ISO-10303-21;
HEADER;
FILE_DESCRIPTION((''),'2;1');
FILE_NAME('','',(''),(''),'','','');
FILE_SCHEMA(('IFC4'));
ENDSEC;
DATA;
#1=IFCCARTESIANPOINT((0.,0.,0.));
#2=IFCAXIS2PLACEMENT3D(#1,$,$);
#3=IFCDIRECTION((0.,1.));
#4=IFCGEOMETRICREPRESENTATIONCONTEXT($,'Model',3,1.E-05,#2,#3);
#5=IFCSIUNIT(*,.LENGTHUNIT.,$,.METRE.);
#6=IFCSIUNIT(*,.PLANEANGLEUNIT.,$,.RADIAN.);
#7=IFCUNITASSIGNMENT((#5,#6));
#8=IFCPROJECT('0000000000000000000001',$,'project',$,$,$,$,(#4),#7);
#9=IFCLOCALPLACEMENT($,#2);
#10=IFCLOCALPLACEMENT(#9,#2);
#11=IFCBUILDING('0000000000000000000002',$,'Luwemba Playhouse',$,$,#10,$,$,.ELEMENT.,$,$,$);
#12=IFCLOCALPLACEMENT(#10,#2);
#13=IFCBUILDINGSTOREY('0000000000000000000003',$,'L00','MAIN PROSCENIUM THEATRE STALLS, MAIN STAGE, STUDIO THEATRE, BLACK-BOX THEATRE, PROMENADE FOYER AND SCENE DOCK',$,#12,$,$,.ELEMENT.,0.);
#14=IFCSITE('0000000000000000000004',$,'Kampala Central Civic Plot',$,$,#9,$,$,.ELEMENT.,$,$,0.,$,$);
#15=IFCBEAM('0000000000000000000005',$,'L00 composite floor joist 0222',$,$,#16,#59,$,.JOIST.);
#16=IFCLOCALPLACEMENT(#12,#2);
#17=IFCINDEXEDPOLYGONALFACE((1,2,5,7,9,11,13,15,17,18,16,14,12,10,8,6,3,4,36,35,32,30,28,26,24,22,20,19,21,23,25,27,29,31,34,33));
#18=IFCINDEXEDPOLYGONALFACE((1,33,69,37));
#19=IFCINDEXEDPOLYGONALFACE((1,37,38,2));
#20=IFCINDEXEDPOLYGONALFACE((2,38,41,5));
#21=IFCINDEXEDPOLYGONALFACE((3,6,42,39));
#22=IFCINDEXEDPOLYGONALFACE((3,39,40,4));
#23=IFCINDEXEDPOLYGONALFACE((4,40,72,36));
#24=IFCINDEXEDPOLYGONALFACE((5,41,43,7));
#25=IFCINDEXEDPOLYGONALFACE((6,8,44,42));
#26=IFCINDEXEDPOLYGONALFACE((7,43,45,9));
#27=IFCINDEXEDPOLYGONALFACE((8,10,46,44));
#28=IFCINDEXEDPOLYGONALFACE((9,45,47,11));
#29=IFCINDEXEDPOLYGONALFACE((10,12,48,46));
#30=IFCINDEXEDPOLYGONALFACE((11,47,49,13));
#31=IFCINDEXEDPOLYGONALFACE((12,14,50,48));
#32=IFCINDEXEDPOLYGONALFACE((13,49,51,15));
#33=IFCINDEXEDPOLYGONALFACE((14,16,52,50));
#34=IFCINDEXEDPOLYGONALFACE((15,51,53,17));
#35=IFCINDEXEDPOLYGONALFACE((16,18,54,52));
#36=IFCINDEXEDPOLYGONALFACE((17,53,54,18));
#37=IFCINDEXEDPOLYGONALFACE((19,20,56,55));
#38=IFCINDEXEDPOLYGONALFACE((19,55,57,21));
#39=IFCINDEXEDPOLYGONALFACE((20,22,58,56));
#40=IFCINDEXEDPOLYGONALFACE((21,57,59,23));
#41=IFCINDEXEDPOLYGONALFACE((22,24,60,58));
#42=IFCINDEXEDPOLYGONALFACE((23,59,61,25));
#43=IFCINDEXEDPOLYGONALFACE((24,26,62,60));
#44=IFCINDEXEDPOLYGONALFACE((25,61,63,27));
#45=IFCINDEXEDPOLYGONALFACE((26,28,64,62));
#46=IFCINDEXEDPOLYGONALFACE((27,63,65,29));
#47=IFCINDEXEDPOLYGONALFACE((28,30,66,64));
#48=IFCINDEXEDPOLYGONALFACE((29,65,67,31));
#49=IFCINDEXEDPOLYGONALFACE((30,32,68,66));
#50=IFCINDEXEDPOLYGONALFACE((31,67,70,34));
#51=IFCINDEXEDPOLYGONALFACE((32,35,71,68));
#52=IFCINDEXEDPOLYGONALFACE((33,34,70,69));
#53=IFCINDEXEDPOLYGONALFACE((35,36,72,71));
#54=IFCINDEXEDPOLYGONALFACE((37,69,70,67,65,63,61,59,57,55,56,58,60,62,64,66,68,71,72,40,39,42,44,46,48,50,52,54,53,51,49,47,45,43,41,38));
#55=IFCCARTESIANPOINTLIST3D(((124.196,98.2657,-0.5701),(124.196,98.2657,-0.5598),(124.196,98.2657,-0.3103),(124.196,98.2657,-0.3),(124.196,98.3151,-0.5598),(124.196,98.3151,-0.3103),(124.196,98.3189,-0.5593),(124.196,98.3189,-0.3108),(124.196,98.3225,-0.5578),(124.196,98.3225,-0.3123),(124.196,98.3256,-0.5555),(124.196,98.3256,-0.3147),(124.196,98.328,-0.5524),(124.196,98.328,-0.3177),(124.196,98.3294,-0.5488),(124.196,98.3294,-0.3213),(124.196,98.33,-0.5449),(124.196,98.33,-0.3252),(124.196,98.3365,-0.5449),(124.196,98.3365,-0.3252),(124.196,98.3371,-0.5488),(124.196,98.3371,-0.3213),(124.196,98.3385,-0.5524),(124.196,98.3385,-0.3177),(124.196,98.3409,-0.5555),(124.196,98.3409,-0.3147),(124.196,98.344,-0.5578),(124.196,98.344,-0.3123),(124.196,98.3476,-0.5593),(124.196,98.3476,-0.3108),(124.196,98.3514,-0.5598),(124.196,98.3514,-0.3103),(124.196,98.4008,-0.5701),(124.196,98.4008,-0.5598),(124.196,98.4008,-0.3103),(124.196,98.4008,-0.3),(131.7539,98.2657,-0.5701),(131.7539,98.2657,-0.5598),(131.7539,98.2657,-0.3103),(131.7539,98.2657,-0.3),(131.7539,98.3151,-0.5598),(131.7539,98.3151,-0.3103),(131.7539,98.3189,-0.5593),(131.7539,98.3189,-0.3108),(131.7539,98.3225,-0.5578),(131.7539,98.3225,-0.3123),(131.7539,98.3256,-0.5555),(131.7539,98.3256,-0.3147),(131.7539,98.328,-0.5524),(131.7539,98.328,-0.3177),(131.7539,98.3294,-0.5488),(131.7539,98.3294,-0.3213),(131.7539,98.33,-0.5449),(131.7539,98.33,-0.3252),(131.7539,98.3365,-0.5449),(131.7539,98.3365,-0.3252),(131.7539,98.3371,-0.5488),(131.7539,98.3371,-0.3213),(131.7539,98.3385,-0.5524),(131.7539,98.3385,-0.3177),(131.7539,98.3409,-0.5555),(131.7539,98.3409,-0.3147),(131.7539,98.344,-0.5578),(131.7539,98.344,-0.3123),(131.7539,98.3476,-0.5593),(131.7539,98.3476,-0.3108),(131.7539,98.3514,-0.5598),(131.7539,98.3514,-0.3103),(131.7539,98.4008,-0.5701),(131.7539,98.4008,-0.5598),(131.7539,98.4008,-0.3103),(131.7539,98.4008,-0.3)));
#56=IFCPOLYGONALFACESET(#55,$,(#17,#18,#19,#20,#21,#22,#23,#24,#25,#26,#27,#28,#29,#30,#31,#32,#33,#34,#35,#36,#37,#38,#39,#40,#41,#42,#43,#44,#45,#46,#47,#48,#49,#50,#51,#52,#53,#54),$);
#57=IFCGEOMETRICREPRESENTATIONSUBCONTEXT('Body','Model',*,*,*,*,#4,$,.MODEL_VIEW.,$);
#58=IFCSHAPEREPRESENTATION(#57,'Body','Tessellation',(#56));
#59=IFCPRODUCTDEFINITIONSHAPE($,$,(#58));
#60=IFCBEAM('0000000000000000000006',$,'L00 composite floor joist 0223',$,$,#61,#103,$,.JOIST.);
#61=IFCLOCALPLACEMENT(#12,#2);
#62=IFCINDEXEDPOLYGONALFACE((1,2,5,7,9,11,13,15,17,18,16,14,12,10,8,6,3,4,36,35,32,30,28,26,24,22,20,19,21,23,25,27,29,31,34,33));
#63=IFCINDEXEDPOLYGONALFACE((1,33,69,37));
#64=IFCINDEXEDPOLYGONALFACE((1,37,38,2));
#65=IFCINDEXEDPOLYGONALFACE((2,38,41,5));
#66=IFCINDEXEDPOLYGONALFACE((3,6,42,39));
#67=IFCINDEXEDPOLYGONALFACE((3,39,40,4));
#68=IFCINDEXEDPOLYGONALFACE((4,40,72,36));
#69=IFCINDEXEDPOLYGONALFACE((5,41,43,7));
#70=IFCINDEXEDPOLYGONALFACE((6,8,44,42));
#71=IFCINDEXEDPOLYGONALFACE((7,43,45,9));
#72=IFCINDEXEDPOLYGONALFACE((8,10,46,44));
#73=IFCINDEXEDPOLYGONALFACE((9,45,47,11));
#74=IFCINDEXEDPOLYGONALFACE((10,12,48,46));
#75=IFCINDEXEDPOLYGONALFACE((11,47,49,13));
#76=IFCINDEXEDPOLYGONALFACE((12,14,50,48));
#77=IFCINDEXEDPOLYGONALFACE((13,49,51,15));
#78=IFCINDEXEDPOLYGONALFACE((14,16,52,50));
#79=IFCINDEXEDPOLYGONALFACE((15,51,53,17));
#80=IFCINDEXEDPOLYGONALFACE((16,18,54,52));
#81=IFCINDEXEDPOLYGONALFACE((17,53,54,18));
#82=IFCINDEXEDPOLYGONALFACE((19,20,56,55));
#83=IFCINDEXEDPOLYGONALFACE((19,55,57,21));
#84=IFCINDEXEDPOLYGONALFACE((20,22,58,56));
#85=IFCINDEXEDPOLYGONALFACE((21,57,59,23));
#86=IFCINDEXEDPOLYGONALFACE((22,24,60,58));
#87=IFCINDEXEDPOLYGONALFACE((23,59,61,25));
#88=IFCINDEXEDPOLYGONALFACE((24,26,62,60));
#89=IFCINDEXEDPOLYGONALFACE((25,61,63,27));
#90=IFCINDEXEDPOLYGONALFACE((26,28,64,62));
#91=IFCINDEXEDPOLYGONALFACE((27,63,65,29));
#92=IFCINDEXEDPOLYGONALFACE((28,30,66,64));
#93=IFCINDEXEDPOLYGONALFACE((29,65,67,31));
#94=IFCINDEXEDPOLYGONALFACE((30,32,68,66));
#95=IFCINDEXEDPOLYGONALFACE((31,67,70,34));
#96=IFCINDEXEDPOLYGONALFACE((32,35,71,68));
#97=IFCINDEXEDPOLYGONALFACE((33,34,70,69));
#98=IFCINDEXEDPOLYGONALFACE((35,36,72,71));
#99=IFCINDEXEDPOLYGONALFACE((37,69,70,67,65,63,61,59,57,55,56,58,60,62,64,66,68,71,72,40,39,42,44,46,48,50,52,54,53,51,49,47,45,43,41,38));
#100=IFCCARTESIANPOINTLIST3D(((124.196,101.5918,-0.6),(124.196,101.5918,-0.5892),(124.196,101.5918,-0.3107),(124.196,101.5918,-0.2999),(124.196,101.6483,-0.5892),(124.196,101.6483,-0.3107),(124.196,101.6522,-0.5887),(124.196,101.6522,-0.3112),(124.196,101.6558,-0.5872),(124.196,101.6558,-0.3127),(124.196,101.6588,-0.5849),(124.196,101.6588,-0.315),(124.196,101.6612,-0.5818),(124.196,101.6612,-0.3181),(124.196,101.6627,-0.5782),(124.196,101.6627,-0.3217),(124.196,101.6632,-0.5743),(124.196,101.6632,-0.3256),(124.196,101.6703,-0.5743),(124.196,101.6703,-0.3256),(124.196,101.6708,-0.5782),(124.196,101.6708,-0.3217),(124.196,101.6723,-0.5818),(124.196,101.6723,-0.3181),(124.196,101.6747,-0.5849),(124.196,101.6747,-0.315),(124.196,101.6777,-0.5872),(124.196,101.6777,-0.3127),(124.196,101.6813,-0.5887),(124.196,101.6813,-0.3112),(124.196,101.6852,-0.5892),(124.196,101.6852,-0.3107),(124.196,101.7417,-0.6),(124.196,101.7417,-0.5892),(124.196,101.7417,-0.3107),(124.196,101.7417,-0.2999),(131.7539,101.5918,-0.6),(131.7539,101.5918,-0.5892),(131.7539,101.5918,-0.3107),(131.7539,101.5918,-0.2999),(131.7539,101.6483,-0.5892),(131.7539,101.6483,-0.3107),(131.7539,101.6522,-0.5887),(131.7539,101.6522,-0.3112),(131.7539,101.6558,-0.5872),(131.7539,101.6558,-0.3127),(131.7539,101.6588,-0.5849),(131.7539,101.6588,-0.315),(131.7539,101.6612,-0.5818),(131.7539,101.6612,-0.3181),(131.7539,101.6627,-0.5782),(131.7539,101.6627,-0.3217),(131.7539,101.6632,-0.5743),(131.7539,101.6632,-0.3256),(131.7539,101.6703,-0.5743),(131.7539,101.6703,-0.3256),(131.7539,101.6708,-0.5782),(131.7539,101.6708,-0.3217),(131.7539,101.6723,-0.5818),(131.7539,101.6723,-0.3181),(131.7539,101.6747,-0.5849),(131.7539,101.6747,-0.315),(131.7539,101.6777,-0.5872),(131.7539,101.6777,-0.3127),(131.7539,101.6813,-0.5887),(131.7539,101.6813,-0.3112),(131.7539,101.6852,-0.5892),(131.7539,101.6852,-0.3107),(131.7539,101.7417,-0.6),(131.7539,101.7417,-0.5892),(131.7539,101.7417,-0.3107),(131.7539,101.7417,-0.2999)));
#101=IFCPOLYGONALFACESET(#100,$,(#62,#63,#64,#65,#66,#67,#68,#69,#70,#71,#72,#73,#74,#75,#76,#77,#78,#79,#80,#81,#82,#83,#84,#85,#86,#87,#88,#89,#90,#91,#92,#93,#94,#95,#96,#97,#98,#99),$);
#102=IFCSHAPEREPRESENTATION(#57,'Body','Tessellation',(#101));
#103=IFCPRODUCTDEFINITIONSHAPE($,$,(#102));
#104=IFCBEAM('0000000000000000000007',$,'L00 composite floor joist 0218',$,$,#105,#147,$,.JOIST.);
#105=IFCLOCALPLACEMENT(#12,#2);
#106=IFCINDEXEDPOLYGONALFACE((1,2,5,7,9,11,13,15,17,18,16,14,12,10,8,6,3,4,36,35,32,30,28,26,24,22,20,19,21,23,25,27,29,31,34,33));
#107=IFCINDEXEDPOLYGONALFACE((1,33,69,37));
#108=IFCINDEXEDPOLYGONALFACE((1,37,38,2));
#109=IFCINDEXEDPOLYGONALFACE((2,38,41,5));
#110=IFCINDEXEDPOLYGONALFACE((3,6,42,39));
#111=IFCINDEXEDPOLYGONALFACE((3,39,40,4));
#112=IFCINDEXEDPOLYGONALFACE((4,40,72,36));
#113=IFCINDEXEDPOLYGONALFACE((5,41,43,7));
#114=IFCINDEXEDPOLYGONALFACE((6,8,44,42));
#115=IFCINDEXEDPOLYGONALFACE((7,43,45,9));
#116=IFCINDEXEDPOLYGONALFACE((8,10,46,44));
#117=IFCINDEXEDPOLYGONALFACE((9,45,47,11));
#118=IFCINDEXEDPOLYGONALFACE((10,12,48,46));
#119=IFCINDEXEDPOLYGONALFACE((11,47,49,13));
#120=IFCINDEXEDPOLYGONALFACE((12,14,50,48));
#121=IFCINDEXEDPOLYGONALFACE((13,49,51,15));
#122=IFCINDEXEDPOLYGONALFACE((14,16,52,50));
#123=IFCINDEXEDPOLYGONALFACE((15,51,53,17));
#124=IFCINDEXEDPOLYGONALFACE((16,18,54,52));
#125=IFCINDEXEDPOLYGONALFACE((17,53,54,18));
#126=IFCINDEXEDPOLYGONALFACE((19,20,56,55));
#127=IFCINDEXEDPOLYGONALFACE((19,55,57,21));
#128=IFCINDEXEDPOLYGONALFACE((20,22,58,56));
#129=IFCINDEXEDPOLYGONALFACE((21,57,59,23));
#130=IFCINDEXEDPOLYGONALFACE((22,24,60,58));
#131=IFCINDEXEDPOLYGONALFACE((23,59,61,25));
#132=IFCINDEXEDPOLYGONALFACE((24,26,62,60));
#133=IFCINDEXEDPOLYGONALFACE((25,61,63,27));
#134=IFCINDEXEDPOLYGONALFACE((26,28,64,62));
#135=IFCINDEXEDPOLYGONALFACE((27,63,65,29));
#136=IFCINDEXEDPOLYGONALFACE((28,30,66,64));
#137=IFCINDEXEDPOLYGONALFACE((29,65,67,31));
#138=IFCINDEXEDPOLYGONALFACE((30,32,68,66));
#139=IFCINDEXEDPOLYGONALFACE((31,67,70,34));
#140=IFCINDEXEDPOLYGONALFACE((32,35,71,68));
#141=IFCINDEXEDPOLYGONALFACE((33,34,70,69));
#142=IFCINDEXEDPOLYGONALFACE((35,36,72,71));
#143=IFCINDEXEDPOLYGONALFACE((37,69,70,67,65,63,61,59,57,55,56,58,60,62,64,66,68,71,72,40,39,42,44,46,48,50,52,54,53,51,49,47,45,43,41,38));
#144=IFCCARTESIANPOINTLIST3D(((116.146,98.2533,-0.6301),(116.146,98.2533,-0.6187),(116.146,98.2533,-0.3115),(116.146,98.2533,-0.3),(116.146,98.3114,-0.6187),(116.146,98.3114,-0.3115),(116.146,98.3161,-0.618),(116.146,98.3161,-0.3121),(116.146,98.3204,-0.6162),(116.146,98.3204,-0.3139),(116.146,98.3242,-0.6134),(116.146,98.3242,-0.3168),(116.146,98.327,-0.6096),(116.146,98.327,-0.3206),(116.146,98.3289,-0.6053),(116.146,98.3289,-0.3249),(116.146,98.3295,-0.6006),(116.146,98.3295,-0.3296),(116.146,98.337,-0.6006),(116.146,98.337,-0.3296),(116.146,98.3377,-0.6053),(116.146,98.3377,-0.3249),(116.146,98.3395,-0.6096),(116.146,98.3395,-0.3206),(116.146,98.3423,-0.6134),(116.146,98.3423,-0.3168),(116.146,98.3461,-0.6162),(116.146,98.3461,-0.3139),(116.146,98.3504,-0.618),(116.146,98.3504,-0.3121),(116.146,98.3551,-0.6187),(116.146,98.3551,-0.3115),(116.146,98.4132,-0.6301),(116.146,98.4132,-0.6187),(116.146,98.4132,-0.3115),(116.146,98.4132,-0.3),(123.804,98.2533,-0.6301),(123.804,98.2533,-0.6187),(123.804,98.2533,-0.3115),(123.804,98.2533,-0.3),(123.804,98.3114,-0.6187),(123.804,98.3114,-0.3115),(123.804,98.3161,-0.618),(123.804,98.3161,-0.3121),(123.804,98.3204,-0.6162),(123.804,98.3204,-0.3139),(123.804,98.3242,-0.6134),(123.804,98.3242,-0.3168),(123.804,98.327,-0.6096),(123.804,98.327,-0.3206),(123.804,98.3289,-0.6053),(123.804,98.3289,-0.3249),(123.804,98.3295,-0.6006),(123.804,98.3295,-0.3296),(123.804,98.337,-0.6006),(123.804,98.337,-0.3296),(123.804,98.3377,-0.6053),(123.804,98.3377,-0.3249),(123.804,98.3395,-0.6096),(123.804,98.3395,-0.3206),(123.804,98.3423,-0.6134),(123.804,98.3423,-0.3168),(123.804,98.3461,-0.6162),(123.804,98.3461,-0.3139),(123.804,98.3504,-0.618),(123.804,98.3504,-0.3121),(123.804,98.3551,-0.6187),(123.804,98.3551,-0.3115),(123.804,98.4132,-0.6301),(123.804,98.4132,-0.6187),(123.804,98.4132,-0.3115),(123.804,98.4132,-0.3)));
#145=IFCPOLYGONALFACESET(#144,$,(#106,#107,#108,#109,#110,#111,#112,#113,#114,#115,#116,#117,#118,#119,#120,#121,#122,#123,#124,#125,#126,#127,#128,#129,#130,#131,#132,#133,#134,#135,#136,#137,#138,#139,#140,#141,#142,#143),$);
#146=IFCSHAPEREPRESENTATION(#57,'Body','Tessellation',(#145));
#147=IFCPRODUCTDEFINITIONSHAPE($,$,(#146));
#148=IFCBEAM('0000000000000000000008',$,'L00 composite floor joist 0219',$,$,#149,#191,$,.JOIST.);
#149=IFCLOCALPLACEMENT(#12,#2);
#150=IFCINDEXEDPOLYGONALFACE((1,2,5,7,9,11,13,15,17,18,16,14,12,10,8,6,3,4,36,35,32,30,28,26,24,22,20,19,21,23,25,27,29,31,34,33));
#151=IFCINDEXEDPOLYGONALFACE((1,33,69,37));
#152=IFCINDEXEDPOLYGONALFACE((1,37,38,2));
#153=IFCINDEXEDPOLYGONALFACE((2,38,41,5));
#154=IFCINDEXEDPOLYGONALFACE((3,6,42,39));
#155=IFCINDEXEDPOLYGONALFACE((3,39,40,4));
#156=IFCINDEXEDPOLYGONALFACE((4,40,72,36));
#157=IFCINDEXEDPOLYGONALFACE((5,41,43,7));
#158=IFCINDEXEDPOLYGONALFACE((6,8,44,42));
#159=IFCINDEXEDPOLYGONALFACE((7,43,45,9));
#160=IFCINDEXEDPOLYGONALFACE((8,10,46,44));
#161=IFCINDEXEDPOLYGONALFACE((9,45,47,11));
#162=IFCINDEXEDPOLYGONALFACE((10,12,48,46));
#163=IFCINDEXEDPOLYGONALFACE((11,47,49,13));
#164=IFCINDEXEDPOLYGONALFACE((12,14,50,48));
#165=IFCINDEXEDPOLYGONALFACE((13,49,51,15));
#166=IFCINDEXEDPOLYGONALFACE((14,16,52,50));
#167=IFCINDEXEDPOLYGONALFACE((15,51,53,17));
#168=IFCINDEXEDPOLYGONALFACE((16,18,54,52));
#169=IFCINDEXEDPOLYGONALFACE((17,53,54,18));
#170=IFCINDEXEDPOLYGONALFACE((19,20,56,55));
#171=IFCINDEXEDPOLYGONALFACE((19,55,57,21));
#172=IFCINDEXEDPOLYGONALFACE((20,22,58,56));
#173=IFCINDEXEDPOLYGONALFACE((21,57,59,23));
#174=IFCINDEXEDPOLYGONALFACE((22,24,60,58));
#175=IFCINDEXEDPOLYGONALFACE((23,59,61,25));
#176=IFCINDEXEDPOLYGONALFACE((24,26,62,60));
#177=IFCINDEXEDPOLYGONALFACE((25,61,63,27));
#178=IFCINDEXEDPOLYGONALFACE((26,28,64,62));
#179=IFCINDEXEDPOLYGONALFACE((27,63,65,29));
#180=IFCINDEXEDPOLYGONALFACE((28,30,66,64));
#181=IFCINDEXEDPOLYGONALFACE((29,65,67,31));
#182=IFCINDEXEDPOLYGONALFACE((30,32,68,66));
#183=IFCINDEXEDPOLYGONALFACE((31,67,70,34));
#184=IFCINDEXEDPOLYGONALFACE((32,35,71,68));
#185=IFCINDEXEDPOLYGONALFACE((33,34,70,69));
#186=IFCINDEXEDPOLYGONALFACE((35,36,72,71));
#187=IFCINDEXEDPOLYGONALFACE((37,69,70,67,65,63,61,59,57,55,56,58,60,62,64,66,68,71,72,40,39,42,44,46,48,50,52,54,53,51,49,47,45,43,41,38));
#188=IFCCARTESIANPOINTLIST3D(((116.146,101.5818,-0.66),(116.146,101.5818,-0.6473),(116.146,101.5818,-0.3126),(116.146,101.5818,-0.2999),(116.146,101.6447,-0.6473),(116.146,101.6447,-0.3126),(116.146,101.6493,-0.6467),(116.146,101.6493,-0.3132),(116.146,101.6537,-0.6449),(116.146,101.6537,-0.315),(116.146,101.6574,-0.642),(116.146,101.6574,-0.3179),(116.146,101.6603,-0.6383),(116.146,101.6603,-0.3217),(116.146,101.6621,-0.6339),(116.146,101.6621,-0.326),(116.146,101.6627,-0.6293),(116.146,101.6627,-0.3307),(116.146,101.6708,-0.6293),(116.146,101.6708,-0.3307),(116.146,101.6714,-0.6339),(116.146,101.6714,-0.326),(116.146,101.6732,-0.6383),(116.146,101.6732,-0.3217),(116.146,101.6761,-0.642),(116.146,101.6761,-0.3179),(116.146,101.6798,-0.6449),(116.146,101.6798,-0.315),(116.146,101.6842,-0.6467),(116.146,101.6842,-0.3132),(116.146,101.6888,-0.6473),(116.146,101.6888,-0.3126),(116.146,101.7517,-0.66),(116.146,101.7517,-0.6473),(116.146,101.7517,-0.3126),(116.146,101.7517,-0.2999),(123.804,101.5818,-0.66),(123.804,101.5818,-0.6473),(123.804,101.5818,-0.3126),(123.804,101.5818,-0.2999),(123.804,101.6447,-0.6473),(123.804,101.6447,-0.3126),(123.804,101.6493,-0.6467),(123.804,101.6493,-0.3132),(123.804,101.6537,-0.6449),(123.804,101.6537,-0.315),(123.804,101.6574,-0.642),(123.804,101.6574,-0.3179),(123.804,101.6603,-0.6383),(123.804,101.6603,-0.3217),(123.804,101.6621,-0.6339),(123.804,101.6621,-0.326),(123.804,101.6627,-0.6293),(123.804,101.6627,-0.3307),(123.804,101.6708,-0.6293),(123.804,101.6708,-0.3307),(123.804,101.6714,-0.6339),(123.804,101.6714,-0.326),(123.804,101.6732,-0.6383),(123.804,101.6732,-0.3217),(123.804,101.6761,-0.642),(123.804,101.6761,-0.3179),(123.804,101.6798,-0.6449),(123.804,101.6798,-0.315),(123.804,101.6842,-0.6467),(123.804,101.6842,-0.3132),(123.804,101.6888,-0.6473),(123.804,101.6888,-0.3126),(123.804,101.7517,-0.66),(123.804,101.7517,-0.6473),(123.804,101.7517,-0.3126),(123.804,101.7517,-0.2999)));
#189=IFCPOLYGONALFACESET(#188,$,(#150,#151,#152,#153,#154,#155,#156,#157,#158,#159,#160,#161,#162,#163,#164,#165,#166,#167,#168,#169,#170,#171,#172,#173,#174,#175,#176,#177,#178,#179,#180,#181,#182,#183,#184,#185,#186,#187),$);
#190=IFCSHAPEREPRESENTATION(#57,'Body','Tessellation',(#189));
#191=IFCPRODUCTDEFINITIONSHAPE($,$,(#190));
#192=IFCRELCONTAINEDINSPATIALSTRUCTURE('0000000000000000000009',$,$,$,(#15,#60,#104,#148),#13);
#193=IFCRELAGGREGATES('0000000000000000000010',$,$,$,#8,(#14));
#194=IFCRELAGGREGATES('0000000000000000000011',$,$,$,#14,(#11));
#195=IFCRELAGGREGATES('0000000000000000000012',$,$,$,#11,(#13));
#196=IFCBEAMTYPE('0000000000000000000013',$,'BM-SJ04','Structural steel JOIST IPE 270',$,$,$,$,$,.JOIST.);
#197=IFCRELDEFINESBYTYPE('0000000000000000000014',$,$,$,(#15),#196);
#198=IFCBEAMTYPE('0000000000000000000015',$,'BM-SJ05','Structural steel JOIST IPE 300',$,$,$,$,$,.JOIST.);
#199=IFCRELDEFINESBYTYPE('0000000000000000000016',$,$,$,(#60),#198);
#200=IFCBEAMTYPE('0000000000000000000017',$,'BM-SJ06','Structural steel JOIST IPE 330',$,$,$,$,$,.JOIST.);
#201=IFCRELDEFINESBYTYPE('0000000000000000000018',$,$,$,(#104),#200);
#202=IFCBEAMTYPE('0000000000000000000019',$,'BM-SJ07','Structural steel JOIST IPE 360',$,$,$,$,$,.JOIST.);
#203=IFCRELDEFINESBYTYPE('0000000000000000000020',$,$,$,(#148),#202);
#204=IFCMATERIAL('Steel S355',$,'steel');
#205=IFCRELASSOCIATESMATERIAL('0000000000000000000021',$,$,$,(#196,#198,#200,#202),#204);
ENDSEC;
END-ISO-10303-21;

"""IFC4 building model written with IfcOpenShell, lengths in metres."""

from ifc_helpers import new_model, si_unit, direction, frame, origin, origin_2d, place, context, subcontext, project, spatial, i_section, extrude, material, material_profile, profile_set, type_object, element, save


model = new_model("IFC4")

# Units and contexts
model_context = context("Model", 3, precision=1e-05, world=origin(), true_north=direction((0.0, 1.0)))
body_context = subcontext(model_context, "Body", "Model", "MODEL_VIEW")
ifc_project = project(units=[si_unit("LENGTHUNIT", "METRE"), si_unit("PLANEANGLEUNIT", "RADIAN")], contexts=[model_context])

# Site, building, storey
site_placement = place(None, origin())
site = spatial("IfcSite", under=ifc_project, at=site_placement, Name="Kampala Central Civic Plot", CompositionType="ELEMENT", RefElevation=0.0)
building_placement = place(site_placement, origin())
building = spatial("IfcBuilding", under=site, at=building_placement, Name="Luwemba Playhouse", CompositionType="ELEMENT")
storey_placement = place(building_placement, origin())
storey = spatial("IfcBuildingStorey", under=building, at=storey_placement, Name="L00", Description="MAIN PROSCENIUM THEATRE STALLS, MAIN STAGE, STUDIO THEATRE, BLACK-BOX THEATRE, PROMENADE FOYER AND SCENE DOCK", CompositionType="ELEMENT", Elevation=0.0)

# Beams
ifc_material_1 = material(Name="Steel S355", Category="steel")
ifc_material_profile_1 = material_profile(ifc_material_1, i_section(OverallWidth=0.135, OverallDepth=0.27, WebThickness=0.0066, FlangeThickness=0.0103, FilletRadius=0.0149, at=origin_2d()))
ifc_profile_set_1 = profile_set([ifc_material_profile_1], Name="Steel S355")
beam_type_1 = type_object("IfcBeamType", Name="BM-SJ04", Description="Structural steel JOIST IPE 270", PredefinedType="JOIST", material=ifc_profile_set_1)
beam_1_placement = place(storey_placement, frame((124.196, 98.3333, -0.4351), z_axis=(1.0, 0.0, 0.0), x_axis=(0.0, 1.0, 0.0)))
element("IfcBeam", 1, at=beam_1_placement, inside=storey, type_object=beam_type_1, Name="L00 composite floor joist 0222", PredefinedType="JOIST", context=body_context, shape_type="SweptSolid", body=[
    extrude(i_section(OverallWidth=0.135, OverallDepth=0.27, WebThickness=0.0066, FlangeThickness=0.0103, FilletRadius=0.0149, at=origin_2d()), origin(), (0.0, 0.0, 1.0), 7.5579),
])
ifc_material_profile_2 = material_profile(ifc_material_1, i_section(OverallWidth=0.1499, OverallDepth=0.3, WebThickness=0.0071, FlangeThickness=0.0107, FilletRadius=0.0149, at=origin_2d()))
ifc_profile_set_2 = profile_set([ifc_material_profile_2], Name="Steel S355")
beam_type_2 = type_object("IfcBeamType", Name="BM-SJ05", Description="Structural steel JOIST IPE 300", PredefinedType="JOIST", material=ifc_profile_set_2)
beam_2_placement = place(storey_placement, frame((124.196, 101.6667, -0.45), z_axis=(1.0, 0.0, 0.0), x_axis=(0.0, 1.0, 0.0)))
element("IfcBeam", 2, at=beam_2_placement, inside=storey, type_object=beam_type_2, Name="L00 composite floor joist 0223", PredefinedType="JOIST", context=body_context, shape_type="SweptSolid", body=[
    extrude(i_section(OverallWidth=0.1499, OverallDepth=0.3, WebThickness=0.0071, FlangeThickness=0.0107, FilletRadius=0.0149, at=origin_2d()), origin(), (0.0, 0.0, 1.0), 7.5579),
])
ifc_material_profile_3 = material_profile(ifc_material_1, i_section(OverallWidth=0.1599, OverallDepth=0.3301, WebThickness=0.0076, FlangeThickness=0.0115, FilletRadius=0.0181, at=origin_2d()))
ifc_profile_set_3 = profile_set([ifc_material_profile_3], Name="Steel S355")
beam_type_3 = type_object("IfcBeamType", Name="BM-SJ06", Description="Structural steel JOIST IPE 330", PredefinedType="JOIST", material=ifc_profile_set_3)
beam_3_placement = place(storey_placement, frame((116.146, 98.3333, -0.4651), z_axis=(1.0, 0.0, 0.0), x_axis=(0.0, 1.0, 0.0)))
element("IfcBeam", 3, at=beam_3_placement, inside=storey, type_object=beam_type_3, Name="L00 composite floor joist 0218", PredefinedType="JOIST", context=body_context, shape_type="SweptSolid", body=[
    extrude(i_section(OverallWidth=0.1599, OverallDepth=0.3301, WebThickness=0.0076, FlangeThickness=0.0115, FilletRadius=0.0181, at=origin_2d()), origin(), (0.0, 0.0, 1.0), 7.658),
])
ifc_material_profile_4 = material_profile(ifc_material_1, i_section(OverallWidth=0.1699, OverallDepth=0.3601, WebThickness=0.0081, FlangeThickness=0.0127, FilletRadius=0.0181, at=origin_2d()))
ifc_profile_set_4 = profile_set([ifc_material_profile_4], Name="Steel S355")
beam_type_4 = type_object("IfcBeamType", Name="BM-SJ07", Description="Structural steel JOIST IPE 360", PredefinedType="JOIST", material=ifc_profile_set_4)
beam_4_placement = place(storey_placement, frame((116.146, 101.6667, -0.48), z_axis=(1.0, 0.0, 0.0), x_axis=(0.0, 1.0, 0.0)))
element("IfcBeam", 4, at=beam_4_placement, inside=storey, type_object=beam_type_4, Name="L00 composite floor joist 0219", PredefinedType="JOIST", context=body_context, shape_type="SweptSolid", body=[
    extrude(i_section(OverallWidth=0.1699, OverallDepth=0.3601, WebThickness=0.0081, FlangeThickness=0.0127, FilletRadius=0.0181, at=origin_2d()), origin(), (0.0, 0.0, 1.0), 7.658),
])

save(model, "model.ifc")
